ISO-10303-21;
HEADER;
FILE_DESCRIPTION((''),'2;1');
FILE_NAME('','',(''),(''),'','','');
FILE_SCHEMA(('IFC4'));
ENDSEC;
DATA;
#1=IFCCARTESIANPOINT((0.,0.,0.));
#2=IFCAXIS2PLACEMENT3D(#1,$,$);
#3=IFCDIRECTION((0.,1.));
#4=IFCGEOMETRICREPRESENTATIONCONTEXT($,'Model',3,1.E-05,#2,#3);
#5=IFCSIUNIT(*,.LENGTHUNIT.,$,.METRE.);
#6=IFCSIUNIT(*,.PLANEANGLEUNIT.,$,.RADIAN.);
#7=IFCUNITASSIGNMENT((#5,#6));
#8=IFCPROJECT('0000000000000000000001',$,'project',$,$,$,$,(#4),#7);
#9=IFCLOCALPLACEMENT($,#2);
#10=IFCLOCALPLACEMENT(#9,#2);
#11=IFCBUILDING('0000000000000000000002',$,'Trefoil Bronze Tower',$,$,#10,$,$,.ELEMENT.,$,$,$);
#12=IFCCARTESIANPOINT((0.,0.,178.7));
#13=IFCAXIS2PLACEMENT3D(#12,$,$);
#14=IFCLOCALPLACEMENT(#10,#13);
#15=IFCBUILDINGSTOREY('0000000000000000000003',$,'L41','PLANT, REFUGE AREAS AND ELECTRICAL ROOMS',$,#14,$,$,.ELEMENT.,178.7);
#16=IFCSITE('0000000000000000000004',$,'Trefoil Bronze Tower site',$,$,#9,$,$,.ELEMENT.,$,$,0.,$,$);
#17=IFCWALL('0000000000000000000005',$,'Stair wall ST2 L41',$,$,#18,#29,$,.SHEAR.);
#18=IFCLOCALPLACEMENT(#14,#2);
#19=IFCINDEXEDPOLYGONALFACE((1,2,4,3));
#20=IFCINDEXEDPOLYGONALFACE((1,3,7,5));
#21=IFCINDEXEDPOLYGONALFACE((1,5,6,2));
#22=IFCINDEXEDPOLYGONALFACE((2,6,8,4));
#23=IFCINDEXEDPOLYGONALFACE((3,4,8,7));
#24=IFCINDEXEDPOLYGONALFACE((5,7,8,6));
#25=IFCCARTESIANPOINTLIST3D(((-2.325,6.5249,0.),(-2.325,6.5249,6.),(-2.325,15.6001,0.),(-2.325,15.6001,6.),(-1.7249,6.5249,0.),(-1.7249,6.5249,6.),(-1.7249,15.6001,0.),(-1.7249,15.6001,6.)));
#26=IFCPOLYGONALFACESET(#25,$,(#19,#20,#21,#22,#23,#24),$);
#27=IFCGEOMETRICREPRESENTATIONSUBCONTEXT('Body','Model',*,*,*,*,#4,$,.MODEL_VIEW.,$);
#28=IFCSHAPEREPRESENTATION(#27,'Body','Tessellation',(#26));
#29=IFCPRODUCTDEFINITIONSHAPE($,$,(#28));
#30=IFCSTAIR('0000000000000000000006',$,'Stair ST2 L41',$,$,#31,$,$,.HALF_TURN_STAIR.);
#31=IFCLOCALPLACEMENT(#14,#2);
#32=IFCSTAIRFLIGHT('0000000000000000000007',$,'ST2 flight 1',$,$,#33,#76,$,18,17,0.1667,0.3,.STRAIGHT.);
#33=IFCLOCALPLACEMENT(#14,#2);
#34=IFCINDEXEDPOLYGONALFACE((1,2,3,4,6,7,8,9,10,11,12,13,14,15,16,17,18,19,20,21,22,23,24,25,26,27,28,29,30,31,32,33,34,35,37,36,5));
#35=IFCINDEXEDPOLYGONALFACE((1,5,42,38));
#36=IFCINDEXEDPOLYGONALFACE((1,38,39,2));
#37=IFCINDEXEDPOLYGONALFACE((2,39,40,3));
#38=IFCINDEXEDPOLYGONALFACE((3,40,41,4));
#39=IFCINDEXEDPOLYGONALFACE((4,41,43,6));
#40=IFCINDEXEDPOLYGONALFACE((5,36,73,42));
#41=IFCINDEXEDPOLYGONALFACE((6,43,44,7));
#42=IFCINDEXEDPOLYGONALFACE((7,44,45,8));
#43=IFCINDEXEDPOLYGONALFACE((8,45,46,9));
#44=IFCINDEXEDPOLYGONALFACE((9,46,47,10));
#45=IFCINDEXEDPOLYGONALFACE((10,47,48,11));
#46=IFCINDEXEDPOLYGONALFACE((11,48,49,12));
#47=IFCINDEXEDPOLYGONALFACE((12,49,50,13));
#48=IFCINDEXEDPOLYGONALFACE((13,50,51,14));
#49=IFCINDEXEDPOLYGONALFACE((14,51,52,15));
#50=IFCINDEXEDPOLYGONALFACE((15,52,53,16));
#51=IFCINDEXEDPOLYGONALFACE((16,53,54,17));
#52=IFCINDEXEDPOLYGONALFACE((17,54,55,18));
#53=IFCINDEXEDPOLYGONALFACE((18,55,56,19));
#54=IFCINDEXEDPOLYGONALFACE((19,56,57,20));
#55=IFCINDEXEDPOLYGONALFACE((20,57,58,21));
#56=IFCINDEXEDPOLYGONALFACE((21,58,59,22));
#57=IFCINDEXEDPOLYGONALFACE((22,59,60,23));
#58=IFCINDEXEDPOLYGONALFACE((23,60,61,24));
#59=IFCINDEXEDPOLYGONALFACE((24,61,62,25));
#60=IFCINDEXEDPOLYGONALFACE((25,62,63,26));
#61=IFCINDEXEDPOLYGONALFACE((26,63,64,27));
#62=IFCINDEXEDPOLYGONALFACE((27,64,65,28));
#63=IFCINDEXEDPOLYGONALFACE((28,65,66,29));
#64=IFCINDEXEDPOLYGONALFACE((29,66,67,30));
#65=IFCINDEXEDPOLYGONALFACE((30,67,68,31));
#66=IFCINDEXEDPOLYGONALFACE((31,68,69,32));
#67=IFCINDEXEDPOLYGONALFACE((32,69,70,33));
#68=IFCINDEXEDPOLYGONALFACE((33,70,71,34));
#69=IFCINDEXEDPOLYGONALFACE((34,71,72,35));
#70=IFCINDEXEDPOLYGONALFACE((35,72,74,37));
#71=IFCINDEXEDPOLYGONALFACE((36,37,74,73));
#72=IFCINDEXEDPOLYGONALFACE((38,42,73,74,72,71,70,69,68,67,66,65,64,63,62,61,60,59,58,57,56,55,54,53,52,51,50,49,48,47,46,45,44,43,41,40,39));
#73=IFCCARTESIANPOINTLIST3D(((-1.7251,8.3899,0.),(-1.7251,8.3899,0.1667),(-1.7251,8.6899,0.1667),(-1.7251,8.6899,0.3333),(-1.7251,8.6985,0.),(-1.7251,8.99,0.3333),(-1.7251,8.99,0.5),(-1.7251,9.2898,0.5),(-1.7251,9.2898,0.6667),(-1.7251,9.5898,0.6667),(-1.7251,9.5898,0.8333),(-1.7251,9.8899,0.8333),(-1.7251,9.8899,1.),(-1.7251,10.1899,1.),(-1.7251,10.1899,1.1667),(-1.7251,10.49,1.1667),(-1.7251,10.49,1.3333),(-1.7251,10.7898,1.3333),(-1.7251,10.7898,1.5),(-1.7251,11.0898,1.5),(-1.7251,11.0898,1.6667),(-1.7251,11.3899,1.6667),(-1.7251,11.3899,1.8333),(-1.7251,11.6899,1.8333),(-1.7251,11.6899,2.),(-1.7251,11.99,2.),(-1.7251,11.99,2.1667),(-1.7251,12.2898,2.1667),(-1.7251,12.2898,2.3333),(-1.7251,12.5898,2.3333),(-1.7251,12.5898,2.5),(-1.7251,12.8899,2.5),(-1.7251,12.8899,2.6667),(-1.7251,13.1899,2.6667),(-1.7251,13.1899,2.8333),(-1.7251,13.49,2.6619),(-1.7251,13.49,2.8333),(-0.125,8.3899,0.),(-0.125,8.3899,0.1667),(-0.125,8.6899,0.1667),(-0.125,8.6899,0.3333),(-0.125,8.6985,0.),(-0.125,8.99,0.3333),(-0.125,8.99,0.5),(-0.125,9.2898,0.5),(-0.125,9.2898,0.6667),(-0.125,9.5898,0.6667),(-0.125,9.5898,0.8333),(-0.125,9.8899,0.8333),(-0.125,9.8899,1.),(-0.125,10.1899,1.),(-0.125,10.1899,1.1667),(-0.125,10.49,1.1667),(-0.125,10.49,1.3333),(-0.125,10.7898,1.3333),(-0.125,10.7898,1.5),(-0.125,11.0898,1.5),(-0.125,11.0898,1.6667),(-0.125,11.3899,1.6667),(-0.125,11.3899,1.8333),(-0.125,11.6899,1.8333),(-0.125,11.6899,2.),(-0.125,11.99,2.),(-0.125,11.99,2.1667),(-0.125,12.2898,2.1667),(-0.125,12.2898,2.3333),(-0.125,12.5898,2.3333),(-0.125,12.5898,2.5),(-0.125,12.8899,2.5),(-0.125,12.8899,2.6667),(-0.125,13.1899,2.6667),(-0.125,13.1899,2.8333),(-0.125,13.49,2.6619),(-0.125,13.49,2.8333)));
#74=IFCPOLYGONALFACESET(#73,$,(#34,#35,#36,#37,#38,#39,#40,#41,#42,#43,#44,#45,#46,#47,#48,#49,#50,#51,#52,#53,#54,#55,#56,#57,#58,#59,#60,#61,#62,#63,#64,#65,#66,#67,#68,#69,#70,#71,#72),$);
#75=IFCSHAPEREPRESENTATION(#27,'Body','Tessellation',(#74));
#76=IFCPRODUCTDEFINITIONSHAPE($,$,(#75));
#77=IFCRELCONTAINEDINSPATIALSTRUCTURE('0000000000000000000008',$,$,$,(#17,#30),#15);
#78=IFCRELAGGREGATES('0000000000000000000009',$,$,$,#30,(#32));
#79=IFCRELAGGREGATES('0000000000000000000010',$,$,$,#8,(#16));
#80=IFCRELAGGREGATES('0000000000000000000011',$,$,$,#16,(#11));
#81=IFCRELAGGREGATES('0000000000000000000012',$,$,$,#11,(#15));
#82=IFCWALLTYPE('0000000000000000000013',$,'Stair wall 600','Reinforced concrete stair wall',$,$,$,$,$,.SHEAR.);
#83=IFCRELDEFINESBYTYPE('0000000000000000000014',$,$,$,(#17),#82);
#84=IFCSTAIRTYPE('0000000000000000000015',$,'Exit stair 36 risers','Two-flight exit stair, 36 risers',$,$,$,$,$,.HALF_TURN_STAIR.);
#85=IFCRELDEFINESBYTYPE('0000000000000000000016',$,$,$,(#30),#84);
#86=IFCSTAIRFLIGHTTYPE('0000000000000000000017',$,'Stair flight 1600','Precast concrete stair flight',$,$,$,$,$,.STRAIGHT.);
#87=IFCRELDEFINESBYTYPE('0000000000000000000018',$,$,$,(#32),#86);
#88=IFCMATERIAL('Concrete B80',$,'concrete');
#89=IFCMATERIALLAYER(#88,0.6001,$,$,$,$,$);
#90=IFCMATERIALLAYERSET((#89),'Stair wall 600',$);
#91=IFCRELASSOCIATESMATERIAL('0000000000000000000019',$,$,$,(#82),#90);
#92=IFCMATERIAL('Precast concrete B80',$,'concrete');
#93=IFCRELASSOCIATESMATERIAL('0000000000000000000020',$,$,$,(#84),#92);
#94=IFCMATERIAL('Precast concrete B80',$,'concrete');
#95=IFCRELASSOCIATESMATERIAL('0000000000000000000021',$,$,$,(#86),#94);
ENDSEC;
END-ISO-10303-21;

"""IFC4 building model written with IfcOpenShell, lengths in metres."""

from ifc_helpers import new_model, si_unit, direction, frame, frame_2d, origin, place, context, subcontext, project, spatial, polyline, rectangle, outline, extrude, material, layer, layer_set, type_object, element, aggregate, save


model = new_model("IFC4")

# Units and contexts
model_context = context("Model", 3, precision=1e-05, world=origin(), true_north=direction((0.0, 1.0)))
body_context = subcontext(model_context, "Body", "Model", "MODEL_VIEW")
ifc_project = project(units=[si_unit("LENGTHUNIT", "METRE"), si_unit("PLANEANGLEUNIT", "RADIAN")], contexts=[model_context])

# Site, building, storey
site_placement = place(None, origin())
site = spatial("IfcSite", under=ifc_project, at=site_placement, Name="Trefoil Bronze Tower site", CompositionType="ELEMENT", RefElevation=0.0)
building_placement = place(site_placement, origin())
building = spatial("IfcBuilding", under=site, at=building_placement, Name="Trefoil Bronze Tower", CompositionType="ELEMENT")
storey_placement = place(building_placement, frame((0.0, 0.0, 178.7)))
storey = spatial("IfcBuildingStorey", under=building, at=storey_placement, Name="L41", Description="PLANT, REFUGE AREAS AND ELECTRICAL ROOMS", CompositionType="ELEMENT", Elevation=178.7)

# Wall
ifc_material_1 = material(Name="Concrete B80", Category="concrete")
ifc_layer_1 = layer(ifc_material_1, 0.6001)
ifc_layer_set_1 = layer_set([ifc_layer_1], Name="Stair wall 600")
wall_type_1 = type_object("IfcWallType", Name="Stair wall 600", Description="Reinforced concrete stair wall", PredefinedType="SHEAR", material=ifc_layer_set_1)
wall_1_placement = place(storey_placement, frame((-2.0249, 6.5249, 0.0), z_axis=(0.0, 0.0, 1.0), x_axis=(0.0, 1.0, 0.0)))
element("IfcWall", 1, at=wall_1_placement, inside=storey, type_object=wall_type_1, Name="Stair wall ST2 L41", PredefinedType="SHEAR", context=body_context, shape_type="SweptSolid", body=[
    extrude(rectangle(XDim=9.0752, YDim=0.6001, at=frame_2d((4.5376, 0.0))), origin(), (0.0, 0.0, 1.0), 6.0),
])

# Stair, stair flight
ifc_material_2 = material(Name="Precast concrete B80", Category="concrete")
stair_type = type_object("IfcStairType", Name="Exit stair 36 risers", Description="Two-flight exit stair, 36 risers", PredefinedType="HALF_TURN_STAIR", material=ifc_material_2)
stair_placement = place(storey_placement, origin())
stair = element("IfcStair", 2, at=stair_placement, inside=storey, type_object=stair_type, Name="Stair ST2 L41", PredefinedType="HALF_TURN_STAIR")
ifc_material_3 = material(Name="Precast concrete B80", Category="concrete")
stair_flight_type = type_object("IfcStairFlightType", Name="Stair flight 1600", Description="Precast concrete stair flight", PredefinedType="STRAIGHT", material=ifc_material_3)
stair_flight_placement = place(storey_placement, frame((-0.925, 8.3899, 0.0), z_axis=(0.0, 0.0, 1.0), x_axis=(0.0, 1.0, 0.0)))
stair_flight = element("IfcStairFlight", 3, at=stair_flight_placement, type_object=stair_flight_type, Name="ST2 flight 1", NumberOfRisers=18, NumberOfTreads=17, PredefinedType="STRAIGHT", RiserHeight=0.1667, TreadLength=0.3, context=body_context, shape_type="SweptSolid", body=[
    extrude(outline(polyline([(0.0, 0.0), (0.0, 0.1667), (0.3, 0.1667), (0.3, 0.3333), (0.6001, 0.3333), (0.6001, 0.5), (0.8999, 0.5), (0.8999, 0.6667), (1.2, 0.6667), (1.2, 0.8333), (1.5, 0.8333), (1.5, 1.0), (1.8, 1.0), (1.8, 1.1667), (2.1001, 1.1667), (2.1001, 1.3333), (2.3999, 1.3333), (2.3999, 1.5), (2.7, 1.5), (2.7, 1.6667), (3.0, 1.6667), (3.0, 1.8333), (3.3, 1.8333), (3.3, 2.0), (3.6001, 2.0), (3.6001, 2.1667), (3.8999, 2.1667), (3.8999, 2.3333), (4.2, 2.3333), (4.2, 2.5), (4.5, 2.5), (4.5, 2.6667), (4.8, 2.6667), (4.8, 2.8333), (5.1001, 2.8333), (5.1001, 3.0), (5.1001, 2.6619), (0.3086, 0.0), (0.0, 0.0)])), frame((0.0, 0.8, 0.0), z_axis=(0.0, -1.0, 0.0), x_axis=(1.0, 0.0, 0.0)), (0.0, 0.0, 1.0), 1.6001),
])
aggregate(stair, [stair_flight])

save(model, "model.ifc")
